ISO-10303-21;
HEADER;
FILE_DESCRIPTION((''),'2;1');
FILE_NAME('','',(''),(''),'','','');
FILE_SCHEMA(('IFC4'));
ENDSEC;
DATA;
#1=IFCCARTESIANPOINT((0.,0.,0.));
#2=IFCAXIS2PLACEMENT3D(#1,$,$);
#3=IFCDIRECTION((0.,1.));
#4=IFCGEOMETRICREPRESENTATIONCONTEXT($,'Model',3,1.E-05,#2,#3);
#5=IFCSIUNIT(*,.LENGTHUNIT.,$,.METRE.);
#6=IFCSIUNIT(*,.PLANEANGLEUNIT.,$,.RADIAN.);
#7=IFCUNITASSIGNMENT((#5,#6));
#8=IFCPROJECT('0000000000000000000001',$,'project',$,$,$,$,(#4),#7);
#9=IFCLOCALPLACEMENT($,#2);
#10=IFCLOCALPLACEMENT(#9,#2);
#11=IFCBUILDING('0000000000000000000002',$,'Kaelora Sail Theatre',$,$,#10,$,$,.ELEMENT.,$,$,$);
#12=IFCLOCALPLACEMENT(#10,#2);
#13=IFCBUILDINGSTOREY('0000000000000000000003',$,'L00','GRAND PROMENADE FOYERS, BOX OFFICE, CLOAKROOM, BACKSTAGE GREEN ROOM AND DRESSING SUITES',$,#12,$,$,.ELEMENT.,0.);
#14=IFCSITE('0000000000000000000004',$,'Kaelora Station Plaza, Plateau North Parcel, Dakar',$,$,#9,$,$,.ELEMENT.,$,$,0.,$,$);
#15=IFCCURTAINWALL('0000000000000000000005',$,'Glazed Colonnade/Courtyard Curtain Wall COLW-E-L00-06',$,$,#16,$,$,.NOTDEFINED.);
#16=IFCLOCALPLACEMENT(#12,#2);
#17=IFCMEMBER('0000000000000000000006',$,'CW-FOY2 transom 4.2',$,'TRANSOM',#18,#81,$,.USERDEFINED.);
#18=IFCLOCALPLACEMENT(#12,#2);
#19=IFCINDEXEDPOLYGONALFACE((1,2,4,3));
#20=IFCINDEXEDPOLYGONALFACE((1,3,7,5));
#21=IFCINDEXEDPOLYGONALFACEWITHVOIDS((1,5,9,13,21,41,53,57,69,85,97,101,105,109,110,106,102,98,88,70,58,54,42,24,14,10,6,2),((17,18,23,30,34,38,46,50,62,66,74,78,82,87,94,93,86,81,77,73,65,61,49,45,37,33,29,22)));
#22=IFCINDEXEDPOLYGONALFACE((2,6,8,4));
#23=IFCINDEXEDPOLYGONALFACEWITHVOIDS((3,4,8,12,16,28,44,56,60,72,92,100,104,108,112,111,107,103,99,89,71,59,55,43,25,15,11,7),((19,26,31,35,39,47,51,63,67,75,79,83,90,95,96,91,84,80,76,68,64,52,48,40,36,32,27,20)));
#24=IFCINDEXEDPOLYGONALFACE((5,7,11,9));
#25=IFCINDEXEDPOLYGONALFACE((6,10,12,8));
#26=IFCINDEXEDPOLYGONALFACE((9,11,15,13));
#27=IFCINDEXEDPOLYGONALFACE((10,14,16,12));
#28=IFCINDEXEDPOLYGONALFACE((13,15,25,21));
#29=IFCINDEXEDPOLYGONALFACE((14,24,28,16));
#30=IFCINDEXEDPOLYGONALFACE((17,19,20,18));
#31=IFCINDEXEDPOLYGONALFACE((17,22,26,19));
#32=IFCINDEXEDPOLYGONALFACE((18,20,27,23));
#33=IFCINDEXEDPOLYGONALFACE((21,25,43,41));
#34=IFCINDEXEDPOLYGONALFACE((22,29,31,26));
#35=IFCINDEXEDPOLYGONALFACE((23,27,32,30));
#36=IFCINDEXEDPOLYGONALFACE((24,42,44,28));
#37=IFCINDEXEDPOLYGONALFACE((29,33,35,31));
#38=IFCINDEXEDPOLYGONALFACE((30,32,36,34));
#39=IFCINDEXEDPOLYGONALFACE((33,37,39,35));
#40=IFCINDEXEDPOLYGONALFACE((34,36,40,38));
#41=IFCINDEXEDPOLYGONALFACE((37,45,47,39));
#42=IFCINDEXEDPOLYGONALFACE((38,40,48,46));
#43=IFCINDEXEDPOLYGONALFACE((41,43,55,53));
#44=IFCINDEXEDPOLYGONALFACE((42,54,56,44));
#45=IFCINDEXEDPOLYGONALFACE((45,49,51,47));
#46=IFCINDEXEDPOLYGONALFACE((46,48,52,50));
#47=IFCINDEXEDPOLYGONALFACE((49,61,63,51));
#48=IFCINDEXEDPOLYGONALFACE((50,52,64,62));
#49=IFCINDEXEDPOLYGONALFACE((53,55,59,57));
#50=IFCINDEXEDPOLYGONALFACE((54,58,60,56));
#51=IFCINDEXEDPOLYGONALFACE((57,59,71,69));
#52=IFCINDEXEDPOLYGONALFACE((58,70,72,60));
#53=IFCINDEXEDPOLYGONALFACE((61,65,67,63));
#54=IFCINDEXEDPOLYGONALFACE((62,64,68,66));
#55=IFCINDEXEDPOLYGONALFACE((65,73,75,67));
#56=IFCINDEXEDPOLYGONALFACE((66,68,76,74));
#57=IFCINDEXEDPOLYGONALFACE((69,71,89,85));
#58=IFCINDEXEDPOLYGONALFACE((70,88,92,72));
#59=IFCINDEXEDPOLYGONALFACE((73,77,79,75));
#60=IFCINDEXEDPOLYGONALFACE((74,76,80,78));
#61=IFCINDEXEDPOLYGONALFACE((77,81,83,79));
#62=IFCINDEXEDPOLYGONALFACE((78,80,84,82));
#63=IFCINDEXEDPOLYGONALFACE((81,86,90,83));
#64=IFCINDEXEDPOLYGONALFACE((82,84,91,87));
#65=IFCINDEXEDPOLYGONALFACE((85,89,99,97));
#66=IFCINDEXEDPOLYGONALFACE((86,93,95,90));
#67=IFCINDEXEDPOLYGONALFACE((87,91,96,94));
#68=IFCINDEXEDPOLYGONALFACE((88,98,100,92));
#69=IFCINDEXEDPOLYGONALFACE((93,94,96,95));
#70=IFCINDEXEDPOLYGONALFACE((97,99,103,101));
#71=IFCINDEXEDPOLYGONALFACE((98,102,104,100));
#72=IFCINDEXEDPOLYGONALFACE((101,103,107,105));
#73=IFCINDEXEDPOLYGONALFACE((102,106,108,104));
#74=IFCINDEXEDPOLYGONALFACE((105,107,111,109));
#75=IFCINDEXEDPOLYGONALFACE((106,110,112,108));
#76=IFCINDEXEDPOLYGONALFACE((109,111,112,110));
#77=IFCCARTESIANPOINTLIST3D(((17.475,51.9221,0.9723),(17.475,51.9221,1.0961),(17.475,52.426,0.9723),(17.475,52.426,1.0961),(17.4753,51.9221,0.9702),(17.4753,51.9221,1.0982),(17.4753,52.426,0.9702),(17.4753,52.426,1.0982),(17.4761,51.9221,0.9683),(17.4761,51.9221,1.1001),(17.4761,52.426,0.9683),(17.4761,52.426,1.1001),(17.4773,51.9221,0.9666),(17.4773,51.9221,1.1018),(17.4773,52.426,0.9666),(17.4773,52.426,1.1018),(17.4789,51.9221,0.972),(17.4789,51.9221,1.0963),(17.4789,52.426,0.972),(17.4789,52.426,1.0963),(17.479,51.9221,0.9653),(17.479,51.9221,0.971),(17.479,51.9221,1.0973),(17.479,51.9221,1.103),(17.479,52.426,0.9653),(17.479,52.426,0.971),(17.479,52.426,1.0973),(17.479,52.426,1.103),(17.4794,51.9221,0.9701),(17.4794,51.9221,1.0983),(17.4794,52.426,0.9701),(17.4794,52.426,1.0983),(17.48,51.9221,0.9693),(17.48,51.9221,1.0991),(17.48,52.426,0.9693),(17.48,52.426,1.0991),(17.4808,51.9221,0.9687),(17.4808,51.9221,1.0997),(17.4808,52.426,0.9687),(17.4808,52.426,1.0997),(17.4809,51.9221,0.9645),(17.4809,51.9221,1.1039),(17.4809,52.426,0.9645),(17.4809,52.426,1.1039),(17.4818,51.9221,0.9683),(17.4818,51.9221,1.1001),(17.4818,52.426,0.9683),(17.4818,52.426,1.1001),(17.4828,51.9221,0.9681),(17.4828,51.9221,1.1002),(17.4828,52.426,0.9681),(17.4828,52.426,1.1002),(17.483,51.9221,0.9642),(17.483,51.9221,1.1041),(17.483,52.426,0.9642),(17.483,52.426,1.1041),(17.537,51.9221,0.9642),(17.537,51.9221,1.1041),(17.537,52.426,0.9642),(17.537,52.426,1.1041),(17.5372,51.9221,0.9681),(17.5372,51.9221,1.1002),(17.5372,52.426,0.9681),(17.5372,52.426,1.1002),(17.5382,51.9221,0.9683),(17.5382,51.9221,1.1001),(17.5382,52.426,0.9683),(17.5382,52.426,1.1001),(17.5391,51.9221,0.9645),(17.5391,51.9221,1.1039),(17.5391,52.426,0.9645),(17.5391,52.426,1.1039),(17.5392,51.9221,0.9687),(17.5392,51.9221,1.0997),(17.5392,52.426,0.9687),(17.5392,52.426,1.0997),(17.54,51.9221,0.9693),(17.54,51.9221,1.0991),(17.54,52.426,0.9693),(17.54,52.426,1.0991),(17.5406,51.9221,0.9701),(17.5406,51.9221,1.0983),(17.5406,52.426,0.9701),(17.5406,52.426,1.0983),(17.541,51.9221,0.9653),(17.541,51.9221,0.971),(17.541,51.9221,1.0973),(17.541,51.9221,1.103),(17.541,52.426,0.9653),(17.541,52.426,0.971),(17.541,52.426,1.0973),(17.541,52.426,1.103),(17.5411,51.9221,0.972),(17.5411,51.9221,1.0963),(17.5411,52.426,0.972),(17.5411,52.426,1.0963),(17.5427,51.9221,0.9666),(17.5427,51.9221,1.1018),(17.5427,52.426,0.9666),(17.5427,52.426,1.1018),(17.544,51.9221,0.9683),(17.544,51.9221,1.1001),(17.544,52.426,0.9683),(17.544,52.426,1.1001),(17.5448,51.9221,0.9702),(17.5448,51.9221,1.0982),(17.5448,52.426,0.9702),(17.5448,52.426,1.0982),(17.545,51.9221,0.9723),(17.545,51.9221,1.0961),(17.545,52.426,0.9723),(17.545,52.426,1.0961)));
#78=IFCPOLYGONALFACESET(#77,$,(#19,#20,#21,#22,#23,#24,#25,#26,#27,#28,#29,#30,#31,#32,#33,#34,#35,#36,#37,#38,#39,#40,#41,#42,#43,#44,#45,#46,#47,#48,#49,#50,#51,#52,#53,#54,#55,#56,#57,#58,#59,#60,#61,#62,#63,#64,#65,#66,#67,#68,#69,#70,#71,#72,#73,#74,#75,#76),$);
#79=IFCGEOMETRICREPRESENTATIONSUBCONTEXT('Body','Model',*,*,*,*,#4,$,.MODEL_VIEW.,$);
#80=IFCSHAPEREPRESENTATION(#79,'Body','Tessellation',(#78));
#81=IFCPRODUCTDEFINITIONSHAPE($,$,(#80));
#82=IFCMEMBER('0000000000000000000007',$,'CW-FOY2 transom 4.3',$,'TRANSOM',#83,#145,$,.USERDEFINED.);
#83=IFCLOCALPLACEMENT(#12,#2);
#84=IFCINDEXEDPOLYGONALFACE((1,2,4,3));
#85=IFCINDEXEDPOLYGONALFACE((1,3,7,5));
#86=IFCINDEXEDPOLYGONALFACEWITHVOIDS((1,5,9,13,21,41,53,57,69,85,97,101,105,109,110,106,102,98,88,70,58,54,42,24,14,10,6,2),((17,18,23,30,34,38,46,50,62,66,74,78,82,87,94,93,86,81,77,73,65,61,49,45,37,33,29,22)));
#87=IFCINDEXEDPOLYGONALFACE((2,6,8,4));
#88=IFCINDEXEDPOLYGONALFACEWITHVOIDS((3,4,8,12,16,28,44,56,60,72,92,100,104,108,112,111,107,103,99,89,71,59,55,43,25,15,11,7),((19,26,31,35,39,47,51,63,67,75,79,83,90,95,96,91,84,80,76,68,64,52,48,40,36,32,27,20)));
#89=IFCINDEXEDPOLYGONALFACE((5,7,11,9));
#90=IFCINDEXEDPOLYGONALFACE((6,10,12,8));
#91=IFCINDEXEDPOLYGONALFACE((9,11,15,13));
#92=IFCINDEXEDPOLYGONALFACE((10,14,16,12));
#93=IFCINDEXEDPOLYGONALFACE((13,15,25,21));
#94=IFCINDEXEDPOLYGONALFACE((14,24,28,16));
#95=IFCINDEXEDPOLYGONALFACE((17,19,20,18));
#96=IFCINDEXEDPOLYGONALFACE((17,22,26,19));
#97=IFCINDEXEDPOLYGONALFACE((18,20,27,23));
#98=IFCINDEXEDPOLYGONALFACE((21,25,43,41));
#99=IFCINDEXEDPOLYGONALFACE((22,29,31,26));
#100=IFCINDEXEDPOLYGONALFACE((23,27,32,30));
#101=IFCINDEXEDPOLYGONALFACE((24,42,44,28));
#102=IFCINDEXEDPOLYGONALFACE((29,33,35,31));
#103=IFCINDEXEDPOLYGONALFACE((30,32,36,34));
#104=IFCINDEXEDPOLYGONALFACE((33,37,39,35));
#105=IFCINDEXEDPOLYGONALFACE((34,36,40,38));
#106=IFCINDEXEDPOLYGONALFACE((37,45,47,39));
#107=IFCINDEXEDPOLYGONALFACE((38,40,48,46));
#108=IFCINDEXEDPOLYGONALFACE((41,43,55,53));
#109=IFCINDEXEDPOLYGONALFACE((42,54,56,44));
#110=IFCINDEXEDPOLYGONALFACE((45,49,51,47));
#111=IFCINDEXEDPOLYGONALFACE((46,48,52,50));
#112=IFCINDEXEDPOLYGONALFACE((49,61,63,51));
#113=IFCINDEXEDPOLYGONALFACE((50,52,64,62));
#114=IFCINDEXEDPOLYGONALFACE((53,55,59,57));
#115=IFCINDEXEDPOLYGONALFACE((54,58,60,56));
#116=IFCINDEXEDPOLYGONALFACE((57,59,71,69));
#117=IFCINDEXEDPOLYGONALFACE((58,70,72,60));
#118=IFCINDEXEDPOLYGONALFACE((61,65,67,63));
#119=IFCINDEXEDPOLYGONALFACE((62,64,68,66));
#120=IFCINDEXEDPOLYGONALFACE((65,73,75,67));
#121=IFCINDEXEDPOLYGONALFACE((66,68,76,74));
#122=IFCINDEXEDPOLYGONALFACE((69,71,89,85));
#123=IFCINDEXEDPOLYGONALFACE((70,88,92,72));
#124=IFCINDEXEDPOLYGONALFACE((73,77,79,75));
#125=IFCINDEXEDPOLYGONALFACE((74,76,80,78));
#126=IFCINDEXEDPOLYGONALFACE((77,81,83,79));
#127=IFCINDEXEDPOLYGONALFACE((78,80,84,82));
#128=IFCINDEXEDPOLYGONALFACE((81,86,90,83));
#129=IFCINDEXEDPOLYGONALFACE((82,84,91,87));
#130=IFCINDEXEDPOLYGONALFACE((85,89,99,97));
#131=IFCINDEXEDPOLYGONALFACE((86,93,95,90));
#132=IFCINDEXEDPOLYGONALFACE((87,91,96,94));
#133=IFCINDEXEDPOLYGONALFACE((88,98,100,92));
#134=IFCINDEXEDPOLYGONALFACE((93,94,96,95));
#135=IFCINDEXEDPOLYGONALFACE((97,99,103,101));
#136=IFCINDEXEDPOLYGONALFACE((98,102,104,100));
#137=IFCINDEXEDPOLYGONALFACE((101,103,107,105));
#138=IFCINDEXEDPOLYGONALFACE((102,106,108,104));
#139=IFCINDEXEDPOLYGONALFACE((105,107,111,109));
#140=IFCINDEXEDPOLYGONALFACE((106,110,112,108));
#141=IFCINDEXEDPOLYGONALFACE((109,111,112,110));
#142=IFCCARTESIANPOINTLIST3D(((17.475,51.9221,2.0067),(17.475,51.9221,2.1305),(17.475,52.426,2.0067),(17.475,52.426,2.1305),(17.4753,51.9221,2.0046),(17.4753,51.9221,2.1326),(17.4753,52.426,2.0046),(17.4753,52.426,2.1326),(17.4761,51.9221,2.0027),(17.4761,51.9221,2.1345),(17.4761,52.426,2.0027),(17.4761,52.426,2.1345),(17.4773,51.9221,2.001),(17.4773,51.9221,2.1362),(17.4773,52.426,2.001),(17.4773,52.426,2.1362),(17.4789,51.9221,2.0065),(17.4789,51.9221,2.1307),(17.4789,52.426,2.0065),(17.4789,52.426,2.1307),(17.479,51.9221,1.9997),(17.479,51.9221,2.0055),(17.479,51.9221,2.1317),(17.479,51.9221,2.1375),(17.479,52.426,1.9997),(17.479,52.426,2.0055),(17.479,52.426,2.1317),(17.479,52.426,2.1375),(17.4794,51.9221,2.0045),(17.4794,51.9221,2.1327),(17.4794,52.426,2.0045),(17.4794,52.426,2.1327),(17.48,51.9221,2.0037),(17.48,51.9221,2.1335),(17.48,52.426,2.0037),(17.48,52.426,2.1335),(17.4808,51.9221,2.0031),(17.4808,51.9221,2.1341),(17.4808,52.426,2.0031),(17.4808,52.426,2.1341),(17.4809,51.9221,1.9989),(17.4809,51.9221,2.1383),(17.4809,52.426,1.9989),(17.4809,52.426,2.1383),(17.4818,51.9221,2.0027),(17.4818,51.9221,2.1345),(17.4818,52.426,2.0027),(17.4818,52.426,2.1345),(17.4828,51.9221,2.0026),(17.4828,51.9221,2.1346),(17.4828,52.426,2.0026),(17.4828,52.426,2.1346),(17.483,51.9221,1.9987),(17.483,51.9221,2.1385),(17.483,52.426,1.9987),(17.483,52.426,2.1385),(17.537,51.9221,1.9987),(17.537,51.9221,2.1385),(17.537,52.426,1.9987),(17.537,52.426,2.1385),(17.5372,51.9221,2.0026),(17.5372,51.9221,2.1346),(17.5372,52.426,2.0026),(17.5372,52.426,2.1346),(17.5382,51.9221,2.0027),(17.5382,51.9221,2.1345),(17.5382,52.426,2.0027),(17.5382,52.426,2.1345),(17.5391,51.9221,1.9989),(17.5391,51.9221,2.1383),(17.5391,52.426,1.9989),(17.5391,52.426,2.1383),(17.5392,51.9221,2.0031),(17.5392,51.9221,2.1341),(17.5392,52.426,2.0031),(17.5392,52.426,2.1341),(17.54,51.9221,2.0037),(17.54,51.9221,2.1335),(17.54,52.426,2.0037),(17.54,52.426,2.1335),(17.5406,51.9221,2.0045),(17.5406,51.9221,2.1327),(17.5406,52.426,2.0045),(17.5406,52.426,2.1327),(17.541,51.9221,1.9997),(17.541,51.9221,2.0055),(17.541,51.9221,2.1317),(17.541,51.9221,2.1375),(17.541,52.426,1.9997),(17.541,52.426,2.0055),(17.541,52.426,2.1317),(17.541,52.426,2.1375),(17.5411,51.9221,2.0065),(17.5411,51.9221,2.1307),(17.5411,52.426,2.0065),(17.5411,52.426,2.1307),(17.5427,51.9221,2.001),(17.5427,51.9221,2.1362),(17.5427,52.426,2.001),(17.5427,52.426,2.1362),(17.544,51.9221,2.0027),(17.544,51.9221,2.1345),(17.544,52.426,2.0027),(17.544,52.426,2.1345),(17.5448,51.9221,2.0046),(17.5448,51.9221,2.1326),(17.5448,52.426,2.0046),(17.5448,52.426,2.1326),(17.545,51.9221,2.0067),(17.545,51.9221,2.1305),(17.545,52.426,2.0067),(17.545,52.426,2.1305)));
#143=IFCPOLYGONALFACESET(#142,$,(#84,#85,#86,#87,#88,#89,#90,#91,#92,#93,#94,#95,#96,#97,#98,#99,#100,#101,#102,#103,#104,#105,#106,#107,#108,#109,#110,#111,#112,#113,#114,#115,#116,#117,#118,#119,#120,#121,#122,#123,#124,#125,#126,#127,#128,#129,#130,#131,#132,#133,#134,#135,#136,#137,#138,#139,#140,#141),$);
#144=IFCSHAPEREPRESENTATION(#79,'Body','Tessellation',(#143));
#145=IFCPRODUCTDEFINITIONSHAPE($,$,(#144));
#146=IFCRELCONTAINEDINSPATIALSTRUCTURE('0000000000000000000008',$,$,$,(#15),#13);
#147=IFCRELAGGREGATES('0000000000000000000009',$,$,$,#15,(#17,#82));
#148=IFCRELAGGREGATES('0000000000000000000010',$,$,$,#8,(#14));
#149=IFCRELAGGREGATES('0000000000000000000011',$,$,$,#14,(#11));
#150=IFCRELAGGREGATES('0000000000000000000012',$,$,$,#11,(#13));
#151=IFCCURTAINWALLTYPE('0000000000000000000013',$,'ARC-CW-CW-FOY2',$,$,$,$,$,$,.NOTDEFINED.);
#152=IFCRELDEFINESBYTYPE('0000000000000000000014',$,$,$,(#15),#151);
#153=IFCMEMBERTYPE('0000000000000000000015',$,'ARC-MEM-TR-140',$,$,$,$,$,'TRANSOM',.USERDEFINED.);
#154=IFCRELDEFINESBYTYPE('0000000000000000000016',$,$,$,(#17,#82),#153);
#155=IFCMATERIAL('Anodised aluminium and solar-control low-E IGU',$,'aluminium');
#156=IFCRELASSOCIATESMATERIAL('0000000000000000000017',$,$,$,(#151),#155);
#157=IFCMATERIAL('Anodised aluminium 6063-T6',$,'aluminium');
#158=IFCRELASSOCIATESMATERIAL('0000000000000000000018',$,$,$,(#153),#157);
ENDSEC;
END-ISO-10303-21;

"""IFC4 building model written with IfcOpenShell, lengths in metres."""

from ifc_helpers import new_model, si_unit, direction, frame, origin, origin_2d, place, context, subcontext, project, spatial, hollow_rectangle, extrude, material, material_profile, profile_set, type_object, element, aggregate, save


model = new_model("IFC4")

# Units and contexts
model_context = context("Model", 3, precision=1e-05, world=origin(), true_north=direction((0.0, 1.0)))
body_context = subcontext(model_context, "Body", "Model", "MODEL_VIEW")
ifc_project = project(units=[si_unit("LENGTHUNIT", "METRE"), si_unit("PLANEANGLEUNIT", "RADIAN")], contexts=[model_context])

# Site, building, storey
site_placement = place(None, origin())
site = spatial("IfcSite", under=ifc_project, at=site_placement, Name="Kaelora Station Plaza, Plateau North Parcel, Dakar", CompositionType="ELEMENT", RefElevation=0.0)
building_placement = place(site_placement, origin())
building = spatial("IfcBuilding", under=site, at=building_placement, Name="Kaelora Sail Theatre", CompositionType="ELEMENT")
storey_placement = place(building_placement, origin())
storey = spatial("IfcBuildingStorey", under=building, at=storey_placement, Name="L00", Description="GRAND PROMENADE FOYERS, BOX OFFICE, CLOAKROOM, BACKSTAGE GREEN ROOM AND DRESSING SUITES", CompositionType="ELEMENT", Elevation=0.0)

# Curtain wall, members
ifc_material_1 = material(Name="Anodised aluminium and solar-control low-E IGU", Category="aluminium")
curtain_wall_type = type_object("IfcCurtainWallType", Name="ARC-CW-CW-FOY2", PredefinedType="NOTDEFINED", material=ifc_material_1)
curtain_wall_placement = place(storey_placement, origin())
curtain_wall = element("IfcCurtainWall", 1, at=curtain_wall_placement, inside=storey, type_object=curtain_wall_type, Name="Glazed Colonnade/Courtyard Curtain Wall COLW-E-L00-06", PredefinedType="NOTDEFINED")
ifc_material_2 = material(Name="Anodised aluminium 6063-T6", Category="aluminium")
ifc_material_profile_1 = material_profile(ifc_material_2, hollow_rectangle(XDim=0.0701, YDim=0.1399, WallThickness=0.0039, InnerFilletRadius=0.0039, OuterFilletRadius=0.0081, at=origin_2d()), Name="ALU-TRAN 70x140x4")
ifc_profile_set_1 = profile_set([ifc_material_profile_1], Name="Anodised aluminium 6063-T6")
member_type_1 = type_object("IfcMemberType", Name="ARC-MEM-TR-140", ElementType="TRANSOM", PredefinedType="USERDEFINED", material=ifc_profile_set_1)
member_1_placement = place(storey_placement, frame((17.51, 51.9221, 1.0342), z_axis=(0.0, 1.0, 0.0), x_axis=(-1.0, 0.0, 0.0)))
member_1 = element("IfcMember", 2, at=member_1_placement, type_object=member_type_1, Name="CW-FOY2 transom 4.2", ObjectType="TRANSOM", PredefinedType="USERDEFINED", context=body_context, shape_type="SweptSolid", body=[
    extrude(hollow_rectangle(XDim=0.0701, YDim=0.1399, WallThickness=0.0039, InnerFilletRadius=0.0039, OuterFilletRadius=0.0081, at=origin_2d()), origin(), (0.0, 0.0, 1.0), 0.5039),
])
member_2_placement = place(storey_placement, frame((17.51, 51.9221, 2.0686), z_axis=(0.0, 1.0, 0.0), x_axis=(-1.0, 0.0, 0.0)))
member_2 = element("IfcMember", 3, at=member_2_placement, type_object=member_type_1, Name="CW-FOY2 transom 4.3", ObjectType="TRANSOM", PredefinedType="USERDEFINED", context=body_context, shape_type="SweptSolid", body=[
    extrude(hollow_rectangle(XDim=0.0701, YDim=0.1399, WallThickness=0.0039, InnerFilletRadius=0.0039, OuterFilletRadius=0.0081, at=origin_2d()), origin(), (0.0, 0.0, 1.0), 0.5039),
])
aggregate(curtain_wall, [member_1, member_2])

save(model, "model.ifc")
